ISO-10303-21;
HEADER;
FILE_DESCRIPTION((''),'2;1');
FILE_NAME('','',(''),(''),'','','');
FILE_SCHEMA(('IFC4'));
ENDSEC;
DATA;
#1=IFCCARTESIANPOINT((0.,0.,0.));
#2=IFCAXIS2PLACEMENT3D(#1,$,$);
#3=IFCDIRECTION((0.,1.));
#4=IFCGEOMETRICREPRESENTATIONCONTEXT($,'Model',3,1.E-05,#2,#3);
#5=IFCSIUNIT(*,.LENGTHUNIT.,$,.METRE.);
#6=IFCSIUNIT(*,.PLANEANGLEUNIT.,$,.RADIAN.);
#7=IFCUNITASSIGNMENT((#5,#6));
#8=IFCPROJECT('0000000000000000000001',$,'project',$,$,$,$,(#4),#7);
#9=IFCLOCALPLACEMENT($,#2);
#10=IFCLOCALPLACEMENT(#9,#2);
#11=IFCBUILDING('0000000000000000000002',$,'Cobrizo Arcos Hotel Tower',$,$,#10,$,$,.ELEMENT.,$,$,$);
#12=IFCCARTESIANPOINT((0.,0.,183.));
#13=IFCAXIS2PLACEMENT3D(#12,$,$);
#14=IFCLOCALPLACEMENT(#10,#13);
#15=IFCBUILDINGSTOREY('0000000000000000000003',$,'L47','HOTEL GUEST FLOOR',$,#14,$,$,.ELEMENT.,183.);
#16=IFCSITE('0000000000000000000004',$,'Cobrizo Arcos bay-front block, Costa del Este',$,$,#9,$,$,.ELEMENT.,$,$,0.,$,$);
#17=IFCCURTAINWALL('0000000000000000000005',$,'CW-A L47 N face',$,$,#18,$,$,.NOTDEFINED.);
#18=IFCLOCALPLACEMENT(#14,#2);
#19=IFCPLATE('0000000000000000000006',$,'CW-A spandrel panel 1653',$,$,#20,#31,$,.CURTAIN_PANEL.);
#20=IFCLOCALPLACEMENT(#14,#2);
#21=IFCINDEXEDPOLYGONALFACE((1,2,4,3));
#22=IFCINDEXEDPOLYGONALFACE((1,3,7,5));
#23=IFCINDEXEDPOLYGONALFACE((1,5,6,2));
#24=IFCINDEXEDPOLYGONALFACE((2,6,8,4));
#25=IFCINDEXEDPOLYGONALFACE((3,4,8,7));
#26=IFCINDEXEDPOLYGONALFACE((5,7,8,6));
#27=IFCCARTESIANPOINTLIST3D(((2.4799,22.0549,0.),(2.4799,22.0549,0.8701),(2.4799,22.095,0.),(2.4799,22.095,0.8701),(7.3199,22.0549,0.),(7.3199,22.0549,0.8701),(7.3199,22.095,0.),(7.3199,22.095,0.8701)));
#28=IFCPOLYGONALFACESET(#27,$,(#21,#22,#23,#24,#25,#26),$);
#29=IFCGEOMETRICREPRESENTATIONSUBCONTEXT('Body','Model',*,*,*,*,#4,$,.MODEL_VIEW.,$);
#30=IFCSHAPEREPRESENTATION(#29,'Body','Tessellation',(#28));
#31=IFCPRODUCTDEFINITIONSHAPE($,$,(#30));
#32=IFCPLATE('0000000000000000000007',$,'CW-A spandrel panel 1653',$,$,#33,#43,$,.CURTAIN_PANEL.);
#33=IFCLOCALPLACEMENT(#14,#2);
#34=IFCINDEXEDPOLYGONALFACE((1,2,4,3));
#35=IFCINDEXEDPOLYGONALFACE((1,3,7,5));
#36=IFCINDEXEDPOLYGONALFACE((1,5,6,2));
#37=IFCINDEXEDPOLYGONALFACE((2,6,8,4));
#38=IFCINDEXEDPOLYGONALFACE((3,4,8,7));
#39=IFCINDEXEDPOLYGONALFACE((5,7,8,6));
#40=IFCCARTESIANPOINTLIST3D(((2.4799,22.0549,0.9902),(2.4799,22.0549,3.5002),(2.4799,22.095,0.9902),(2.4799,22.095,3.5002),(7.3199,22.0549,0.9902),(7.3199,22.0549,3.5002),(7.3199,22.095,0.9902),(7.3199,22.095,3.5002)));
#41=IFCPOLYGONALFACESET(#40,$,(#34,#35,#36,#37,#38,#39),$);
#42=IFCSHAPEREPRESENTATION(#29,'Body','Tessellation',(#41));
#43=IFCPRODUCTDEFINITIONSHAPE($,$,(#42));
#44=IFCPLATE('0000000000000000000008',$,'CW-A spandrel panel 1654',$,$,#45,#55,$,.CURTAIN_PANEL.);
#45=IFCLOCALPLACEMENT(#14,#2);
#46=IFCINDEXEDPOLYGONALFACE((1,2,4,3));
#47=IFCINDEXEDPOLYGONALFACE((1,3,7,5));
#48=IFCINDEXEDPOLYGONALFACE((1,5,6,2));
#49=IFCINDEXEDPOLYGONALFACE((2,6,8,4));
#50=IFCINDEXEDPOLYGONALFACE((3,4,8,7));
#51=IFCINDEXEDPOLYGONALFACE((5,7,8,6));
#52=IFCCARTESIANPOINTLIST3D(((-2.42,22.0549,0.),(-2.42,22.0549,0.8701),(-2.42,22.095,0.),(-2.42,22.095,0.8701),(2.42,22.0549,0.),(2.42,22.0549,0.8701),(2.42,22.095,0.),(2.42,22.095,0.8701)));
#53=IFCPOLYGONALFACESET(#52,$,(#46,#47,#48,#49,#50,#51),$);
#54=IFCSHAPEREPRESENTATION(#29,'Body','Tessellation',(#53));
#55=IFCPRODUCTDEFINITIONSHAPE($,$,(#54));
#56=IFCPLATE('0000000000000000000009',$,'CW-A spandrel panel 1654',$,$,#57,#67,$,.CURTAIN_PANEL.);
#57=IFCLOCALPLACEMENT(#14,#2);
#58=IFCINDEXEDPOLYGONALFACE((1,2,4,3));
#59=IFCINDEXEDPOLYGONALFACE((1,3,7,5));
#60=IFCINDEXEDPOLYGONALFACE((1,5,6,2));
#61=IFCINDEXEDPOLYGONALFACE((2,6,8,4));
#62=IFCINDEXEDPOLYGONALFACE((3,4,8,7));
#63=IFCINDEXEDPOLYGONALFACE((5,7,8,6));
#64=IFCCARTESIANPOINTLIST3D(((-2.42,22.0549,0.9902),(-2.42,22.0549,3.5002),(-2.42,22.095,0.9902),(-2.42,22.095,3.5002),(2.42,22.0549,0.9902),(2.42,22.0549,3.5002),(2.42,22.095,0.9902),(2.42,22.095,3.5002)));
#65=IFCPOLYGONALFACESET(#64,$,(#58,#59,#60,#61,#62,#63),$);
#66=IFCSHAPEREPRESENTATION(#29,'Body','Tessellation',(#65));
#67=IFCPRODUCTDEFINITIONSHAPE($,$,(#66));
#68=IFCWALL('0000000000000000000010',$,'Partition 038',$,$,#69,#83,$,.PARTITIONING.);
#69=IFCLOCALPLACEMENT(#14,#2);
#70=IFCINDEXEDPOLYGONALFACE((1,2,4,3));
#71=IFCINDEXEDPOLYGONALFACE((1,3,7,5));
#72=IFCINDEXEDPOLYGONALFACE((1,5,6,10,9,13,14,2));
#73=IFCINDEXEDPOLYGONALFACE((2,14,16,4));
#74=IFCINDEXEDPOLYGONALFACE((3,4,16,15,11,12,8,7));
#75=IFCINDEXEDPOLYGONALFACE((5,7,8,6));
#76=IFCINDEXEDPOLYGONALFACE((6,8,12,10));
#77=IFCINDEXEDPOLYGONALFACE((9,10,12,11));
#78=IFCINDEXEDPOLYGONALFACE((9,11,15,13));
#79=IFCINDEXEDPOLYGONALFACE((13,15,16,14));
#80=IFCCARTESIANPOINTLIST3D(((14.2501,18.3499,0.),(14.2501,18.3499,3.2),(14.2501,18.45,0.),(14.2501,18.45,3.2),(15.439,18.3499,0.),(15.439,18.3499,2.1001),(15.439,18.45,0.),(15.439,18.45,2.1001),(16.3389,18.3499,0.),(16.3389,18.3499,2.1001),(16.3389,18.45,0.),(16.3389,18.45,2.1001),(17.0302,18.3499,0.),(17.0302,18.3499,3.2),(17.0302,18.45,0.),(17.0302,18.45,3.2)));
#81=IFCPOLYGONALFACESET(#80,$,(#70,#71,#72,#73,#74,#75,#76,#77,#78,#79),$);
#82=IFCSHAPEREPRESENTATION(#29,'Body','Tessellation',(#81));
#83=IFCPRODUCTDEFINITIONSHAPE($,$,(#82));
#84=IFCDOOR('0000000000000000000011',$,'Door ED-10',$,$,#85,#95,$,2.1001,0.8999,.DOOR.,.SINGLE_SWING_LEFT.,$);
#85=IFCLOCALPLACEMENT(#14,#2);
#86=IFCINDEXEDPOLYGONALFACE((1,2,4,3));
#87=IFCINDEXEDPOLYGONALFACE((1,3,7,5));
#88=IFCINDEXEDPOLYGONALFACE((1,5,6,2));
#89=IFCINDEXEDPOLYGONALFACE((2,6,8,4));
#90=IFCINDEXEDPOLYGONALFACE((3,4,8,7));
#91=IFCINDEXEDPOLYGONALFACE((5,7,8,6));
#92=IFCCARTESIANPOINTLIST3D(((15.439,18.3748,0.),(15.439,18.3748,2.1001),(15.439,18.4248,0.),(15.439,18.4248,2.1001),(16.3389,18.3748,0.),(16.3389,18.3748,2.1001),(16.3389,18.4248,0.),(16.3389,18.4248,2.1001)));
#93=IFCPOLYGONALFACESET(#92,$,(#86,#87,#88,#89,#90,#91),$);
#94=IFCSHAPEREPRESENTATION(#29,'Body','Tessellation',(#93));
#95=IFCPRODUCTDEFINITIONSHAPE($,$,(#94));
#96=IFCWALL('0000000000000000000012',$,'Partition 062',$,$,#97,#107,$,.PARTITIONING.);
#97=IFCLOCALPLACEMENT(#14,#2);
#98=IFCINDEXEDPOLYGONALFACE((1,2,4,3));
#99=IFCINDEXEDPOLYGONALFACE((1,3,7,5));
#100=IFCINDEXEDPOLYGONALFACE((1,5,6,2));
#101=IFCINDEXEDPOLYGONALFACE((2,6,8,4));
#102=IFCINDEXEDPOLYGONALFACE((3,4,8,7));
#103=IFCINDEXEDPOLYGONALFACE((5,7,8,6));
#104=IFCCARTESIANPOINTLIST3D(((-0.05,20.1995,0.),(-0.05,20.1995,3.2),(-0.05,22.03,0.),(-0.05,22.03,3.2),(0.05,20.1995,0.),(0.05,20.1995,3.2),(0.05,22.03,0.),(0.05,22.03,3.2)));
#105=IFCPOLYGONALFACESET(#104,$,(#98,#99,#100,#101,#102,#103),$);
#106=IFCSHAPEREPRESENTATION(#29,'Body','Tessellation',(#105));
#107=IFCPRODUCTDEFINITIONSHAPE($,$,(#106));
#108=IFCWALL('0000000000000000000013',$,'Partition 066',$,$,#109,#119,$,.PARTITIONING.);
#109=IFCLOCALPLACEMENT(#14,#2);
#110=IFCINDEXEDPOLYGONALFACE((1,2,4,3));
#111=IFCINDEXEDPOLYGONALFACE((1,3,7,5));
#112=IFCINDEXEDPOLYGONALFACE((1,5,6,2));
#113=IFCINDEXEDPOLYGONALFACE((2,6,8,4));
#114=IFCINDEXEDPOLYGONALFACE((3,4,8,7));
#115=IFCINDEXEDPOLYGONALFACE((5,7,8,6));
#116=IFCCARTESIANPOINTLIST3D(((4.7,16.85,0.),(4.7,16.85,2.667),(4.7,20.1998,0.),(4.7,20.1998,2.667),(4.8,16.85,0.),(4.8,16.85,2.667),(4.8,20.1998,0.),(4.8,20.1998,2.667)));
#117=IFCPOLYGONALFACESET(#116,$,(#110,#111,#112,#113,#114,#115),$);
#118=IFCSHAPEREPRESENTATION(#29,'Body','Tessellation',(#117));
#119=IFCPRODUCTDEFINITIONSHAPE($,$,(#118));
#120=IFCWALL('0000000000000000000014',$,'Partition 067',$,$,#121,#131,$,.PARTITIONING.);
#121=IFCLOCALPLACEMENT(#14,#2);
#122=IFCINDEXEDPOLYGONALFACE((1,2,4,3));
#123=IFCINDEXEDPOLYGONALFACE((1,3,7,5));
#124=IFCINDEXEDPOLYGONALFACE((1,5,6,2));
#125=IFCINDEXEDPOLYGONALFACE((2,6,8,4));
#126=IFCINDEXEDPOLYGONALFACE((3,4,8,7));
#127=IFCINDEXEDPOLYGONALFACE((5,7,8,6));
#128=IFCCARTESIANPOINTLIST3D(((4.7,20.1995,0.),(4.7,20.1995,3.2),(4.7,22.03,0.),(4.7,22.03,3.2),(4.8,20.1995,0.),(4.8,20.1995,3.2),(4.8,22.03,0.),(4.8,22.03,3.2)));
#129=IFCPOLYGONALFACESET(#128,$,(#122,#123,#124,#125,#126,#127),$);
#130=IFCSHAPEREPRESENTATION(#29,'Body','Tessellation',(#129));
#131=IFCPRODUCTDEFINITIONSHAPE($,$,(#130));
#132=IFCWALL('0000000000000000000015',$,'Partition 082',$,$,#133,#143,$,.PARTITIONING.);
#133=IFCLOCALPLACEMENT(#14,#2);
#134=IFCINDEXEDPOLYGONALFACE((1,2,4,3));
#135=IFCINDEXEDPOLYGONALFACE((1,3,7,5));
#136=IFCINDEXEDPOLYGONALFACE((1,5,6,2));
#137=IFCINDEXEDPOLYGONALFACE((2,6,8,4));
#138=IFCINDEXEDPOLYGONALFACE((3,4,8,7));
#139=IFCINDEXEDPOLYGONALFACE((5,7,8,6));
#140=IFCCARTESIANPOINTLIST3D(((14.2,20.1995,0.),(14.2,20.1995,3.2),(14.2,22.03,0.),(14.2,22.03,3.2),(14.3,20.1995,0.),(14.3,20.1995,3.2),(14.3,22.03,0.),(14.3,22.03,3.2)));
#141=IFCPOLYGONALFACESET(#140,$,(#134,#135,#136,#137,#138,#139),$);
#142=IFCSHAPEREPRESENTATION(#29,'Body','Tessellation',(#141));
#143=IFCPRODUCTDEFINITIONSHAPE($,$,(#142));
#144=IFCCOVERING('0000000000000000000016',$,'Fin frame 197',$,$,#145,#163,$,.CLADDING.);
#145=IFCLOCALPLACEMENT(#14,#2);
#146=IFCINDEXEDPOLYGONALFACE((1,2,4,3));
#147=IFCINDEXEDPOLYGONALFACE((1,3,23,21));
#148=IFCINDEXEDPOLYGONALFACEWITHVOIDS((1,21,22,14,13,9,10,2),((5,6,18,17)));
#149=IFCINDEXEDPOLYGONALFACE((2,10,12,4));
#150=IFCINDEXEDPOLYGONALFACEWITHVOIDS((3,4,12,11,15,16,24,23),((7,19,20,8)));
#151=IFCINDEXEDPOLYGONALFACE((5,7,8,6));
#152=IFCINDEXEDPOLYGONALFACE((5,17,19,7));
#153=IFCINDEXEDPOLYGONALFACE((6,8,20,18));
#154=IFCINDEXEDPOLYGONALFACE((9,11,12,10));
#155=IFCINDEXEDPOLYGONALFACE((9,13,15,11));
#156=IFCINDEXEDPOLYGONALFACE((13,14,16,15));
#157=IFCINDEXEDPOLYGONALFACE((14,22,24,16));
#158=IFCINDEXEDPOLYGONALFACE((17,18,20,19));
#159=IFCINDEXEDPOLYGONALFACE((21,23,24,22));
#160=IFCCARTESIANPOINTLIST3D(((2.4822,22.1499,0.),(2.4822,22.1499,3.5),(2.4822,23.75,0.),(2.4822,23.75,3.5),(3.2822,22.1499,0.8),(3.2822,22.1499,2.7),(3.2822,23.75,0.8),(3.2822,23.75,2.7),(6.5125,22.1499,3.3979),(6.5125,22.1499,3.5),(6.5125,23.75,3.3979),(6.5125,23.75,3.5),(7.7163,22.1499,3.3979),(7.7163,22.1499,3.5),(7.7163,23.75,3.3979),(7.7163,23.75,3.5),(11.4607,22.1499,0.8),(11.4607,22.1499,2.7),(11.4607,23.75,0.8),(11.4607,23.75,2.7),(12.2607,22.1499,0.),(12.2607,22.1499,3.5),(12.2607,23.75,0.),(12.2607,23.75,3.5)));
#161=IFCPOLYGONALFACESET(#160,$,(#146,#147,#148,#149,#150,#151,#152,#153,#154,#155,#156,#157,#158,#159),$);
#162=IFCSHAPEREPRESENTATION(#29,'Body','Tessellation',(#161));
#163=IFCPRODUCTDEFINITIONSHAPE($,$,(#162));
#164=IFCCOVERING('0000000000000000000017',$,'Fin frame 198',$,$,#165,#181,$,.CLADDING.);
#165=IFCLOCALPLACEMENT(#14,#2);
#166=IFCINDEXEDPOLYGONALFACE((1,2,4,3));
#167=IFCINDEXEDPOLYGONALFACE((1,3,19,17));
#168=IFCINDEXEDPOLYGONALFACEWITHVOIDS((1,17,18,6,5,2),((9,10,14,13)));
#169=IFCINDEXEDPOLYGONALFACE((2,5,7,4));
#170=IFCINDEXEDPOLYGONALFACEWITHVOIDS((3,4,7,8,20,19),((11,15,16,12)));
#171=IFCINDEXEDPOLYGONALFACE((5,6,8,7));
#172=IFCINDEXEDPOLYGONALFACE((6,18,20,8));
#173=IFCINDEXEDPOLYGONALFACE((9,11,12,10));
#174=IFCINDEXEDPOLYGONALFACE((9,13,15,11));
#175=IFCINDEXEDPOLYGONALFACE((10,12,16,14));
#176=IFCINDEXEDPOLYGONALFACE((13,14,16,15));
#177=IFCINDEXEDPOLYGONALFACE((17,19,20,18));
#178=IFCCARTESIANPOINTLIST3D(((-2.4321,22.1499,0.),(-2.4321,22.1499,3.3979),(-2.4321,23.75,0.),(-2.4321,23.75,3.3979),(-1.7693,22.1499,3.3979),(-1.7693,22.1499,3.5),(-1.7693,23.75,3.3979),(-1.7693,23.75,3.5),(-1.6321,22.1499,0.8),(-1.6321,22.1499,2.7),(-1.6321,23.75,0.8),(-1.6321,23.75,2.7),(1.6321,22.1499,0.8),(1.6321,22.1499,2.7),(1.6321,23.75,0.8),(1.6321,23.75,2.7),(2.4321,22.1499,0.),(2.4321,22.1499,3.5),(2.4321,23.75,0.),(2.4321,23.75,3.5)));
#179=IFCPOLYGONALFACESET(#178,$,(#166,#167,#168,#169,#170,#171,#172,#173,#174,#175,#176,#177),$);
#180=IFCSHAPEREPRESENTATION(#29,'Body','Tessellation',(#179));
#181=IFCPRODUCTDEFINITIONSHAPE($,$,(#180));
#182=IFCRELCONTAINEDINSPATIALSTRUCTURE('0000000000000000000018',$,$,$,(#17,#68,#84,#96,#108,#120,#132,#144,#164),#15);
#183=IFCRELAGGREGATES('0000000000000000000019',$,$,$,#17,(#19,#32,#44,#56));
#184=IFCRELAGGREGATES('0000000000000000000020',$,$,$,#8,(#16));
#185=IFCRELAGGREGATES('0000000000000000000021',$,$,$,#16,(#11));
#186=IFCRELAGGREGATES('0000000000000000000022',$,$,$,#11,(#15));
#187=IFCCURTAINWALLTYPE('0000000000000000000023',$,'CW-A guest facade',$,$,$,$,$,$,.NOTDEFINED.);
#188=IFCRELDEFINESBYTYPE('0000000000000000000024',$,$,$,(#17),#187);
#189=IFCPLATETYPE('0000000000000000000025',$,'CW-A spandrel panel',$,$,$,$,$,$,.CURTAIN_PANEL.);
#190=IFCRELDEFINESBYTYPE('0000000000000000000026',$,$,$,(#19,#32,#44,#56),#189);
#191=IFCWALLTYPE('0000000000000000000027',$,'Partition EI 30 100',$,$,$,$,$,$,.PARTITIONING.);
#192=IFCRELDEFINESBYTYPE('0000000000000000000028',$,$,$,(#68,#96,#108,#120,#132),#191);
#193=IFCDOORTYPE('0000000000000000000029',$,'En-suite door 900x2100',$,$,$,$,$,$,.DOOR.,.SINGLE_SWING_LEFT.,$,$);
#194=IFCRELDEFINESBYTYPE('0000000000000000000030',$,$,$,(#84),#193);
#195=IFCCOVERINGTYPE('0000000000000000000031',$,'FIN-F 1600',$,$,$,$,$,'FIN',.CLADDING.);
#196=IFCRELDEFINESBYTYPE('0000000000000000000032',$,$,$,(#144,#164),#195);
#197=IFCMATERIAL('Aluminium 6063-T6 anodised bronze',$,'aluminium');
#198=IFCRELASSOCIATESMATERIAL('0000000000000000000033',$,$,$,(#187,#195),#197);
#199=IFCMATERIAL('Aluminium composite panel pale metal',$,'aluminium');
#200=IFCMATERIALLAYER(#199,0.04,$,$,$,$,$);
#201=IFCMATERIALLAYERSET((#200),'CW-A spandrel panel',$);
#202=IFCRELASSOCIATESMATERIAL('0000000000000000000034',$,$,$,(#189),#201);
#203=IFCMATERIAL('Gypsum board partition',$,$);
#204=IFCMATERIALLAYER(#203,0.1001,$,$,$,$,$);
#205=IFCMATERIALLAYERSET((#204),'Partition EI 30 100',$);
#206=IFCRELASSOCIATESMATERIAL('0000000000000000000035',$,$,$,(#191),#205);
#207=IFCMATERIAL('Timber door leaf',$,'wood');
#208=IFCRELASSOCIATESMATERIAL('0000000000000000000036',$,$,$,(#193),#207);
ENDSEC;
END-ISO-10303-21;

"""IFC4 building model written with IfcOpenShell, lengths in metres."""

from ifc_helpers import new_model, si_unit, direction, frame, frame_2d, origin, origin_2d, place, context, subcontext, project, spatial, polyline, rectangle, outline, extrude, material, layer, layer_set, type_object, element, fill, aggregate, save


model = new_model("IFC4")

# Units and contexts
model_context = context("Model", 3, precision=1e-05, world=origin(), true_north=direction((0.0, 1.0)))
body_context = subcontext(model_context, "Body", "Model", "MODEL_VIEW")
ifc_project = project(units=[si_unit("LENGTHUNIT", "METRE"), si_unit("PLANEANGLEUNIT", "RADIAN")], contexts=[model_context])

# Site, building, storey
site_placement = place(None, origin())
site = spatial("IfcSite", under=ifc_project, at=site_placement, Name="Cobrizo Arcos bay-front block, Costa del Este", CompositionType="ELEMENT", RefElevation=0.0)
building_placement = place(site_placement, origin())
building = spatial("IfcBuilding", under=site, at=building_placement, Name="Cobrizo Arcos Hotel Tower", CompositionType="ELEMENT")
storey_placement = place(building_placement, frame((0.0, 0.0, 183.0)))
storey = spatial("IfcBuildingStorey", under=building, at=storey_placement, Name="L47", Description="HOTEL GUEST FLOOR", CompositionType="ELEMENT", Elevation=183.0)

# Curtain wall
ifc_material_1 = material(Name="Aluminium 6063-T6 anodised bronze", Category="aluminium")
curtain_wall_type = type_object("IfcCurtainWallType", Name="CW-A guest facade", PredefinedType="NOTDEFINED", material=ifc_material_1)
curtain_wall_placement = place(storey_placement, origin())
curtain_wall = element("IfcCurtainWall", 1, at=curtain_wall_placement, inside=storey, type_object=curtain_wall_type, Name="CW-A L47 N face", PredefinedType="NOTDEFINED")

# Plates
ifc_material_2 = material(Name="Aluminium composite panel pale metal", Category="aluminium")
ifc_layer_1 = layer(ifc_material_2, 0.04)
ifc_layer_set_1 = layer_set([ifc_layer_1], Name="CW-A spandrel panel")
plate_type = type_object("IfcPlateType", Name="CW-A spandrel panel", PredefinedType="CURTAIN_PANEL", material=ifc_layer_set_1)
plate_1_placement = place(storey_placement, frame((4.8999, 22.075, 0.0), z_axis=(0.0, 0.0, 1.0), x_axis=(-1.0, 0.0, 0.0)))
plate_1 = element("IfcPlate", 2, at=plate_1_placement, type_object=plate_type, Name="CW-A spandrel panel 1653", PredefinedType="CURTAIN_PANEL", context=body_context, shape_type="SweptSolid", body=[
    extrude(rectangle(XDim=4.8401, YDim=0.04, at=origin_2d()), origin(), (0.0, 0.0, 1.0), 0.8701),
])
plate_2_placement = place(storey_placement, frame((4.8999, 22.075, 0.9902), z_axis=(0.0, 0.0, 1.0), x_axis=(-1.0, 0.0, 0.0)))
plate_2 = element("IfcPlate", 3, at=plate_2_placement, type_object=plate_type, Name="CW-A spandrel panel 1653", PredefinedType="CURTAIN_PANEL", context=body_context, shape_type="SweptSolid", body=[
    extrude(rectangle(XDim=4.8401, YDim=0.04, at=origin_2d()), origin(), (0.0, 0.0, 1.0), 2.51),
])
plate_3_placement = place(storey_placement, frame((0.0, 22.075, 0.0), z_axis=(0.0, 0.0, 1.0), x_axis=(-1.0, 0.0, 0.0)))
plate_3 = element("IfcPlate", 4, at=plate_3_placement, type_object=plate_type, Name="CW-A spandrel panel 1654", PredefinedType="CURTAIN_PANEL", context=body_context, shape_type="SweptSolid", body=[
    extrude(rectangle(XDim=4.8401, YDim=0.04, at=origin_2d()), origin(), (0.0, 0.0, 1.0), 0.8701),
])
plate_4_placement = place(storey_placement, frame((0.0, 22.075, 0.9902), z_axis=(0.0, 0.0, 1.0), x_axis=(-1.0, 0.0, 0.0)))
plate_4 = element("IfcPlate", 5, at=plate_4_placement, type_object=plate_type, Name="CW-A spandrel panel 1654", PredefinedType="CURTAIN_PANEL", context=body_context, shape_type="SweptSolid", body=[
    extrude(rectangle(XDim=4.8401, YDim=0.04, at=origin_2d()), origin(), (0.0, 0.0, 1.0), 2.51),
])
aggregate(curtain_wall, [plate_1, plate_2, plate_3, plate_4])

# Wall, opening, door
ifc_material_3 = material(Name="Gypsum board partition")
ifc_layer_2 = layer(ifc_material_3, 0.1001)
ifc_layer_set_2 = layer_set([ifc_layer_2], Name="Partition EI 30 100")
wall_type = type_object("IfcWallType", Name="Partition EI 30 100", PredefinedType="PARTITIONING", material=ifc_layer_set_2)
wall_1_placement = place(storey_placement, frame((14.25, 18.3999, 0.0), z_axis=(0.0, 0.0, 1.0), x_axis=(1.0, 0.0, 0.0)))
wall_1 = element("IfcWall", 6, at=wall_1_placement, inside=storey, type_object=wall_type, Name="Partition 038", PredefinedType="PARTITIONING", context=body_context, shape_type="SweptSolid", body=[
    extrude(rectangle(XDim=2.78, YDim=0.1001, at=frame_2d((1.3901, 0.0))), origin(), (0.0, 0.0, 1.0), 3.2),
])
opening_placement = place(wall_1_placement, frame((1.189, 0.0, 0.0)))
opening = element("IfcOpeningElement", 7, at=opening_placement, cuts=wall_1, PredefinedType="OPENING", context=body_context, shape_type="SweptSolid", body=[
    extrude(rectangle(XDim=0.8999, YDim=2.1001, at=frame_2d((0.45, 1.05))), frame((0.0, 0.062, 0.0), z_axis=(0.0, -1.0, 0.0), x_axis=(1.0, 0.0, 0.0)), (0.0, 0.0, 1.0), 0.124),
])
ifc_material_4 = material(Name="Timber door leaf", Category="wood")
door_type = type_object("IfcDoorType", Name="En-suite door 900x2100", OperationType="SINGLE_SWING_LEFT", PredefinedType="DOOR", material=ifc_material_4)
door_placement = place(opening_placement, origin())
door = element("IfcDoor", 8, at=door_placement, inside=storey, type_object=door_type, Name="Door ED-10", OperationType="SINGLE_SWING_LEFT", OverallHeight=2.1001, OverallWidth=0.8999, PredefinedType="DOOR", context=body_context, shape_type="SweptSolid", body=[
    extrude(rectangle(XDim=0.8999, YDim=2.1001, at=frame_2d((0.45, 1.05))), frame((0.0, 0.0249, 0.0), z_axis=(0.0, -1.0, 0.0), x_axis=(1.0, 0.0, 0.0)), (0.0, 0.0, 1.0), 0.05),
])
fill(opening, door)

# Walls
wall_2_placement = place(storey_placement, frame((0.0, 20.1995, 0.0), z_axis=(0.0, 0.0, 1.0), x_axis=(0.0, 1.0, 0.0)))
element("IfcWall", 9, at=wall_2_placement, inside=storey, type_object=wall_type, Name="Partition 062", PredefinedType="PARTITIONING", context=body_context, shape_type="SweptSolid", body=[
    extrude(rectangle(XDim=1.8306, YDim=0.1001, at=frame_2d((0.9153, 0.0))), origin(), (0.0, 0.0, 1.0), 3.2),
])
wall_3_placement = place(storey_placement, frame((4.75, 16.8501, 0.0), z_axis=(0.0, 0.0, 1.0), x_axis=(0.0, 1.0, 0.0)))
element("IfcWall", 10, at=wall_3_placement, inside=storey, type_object=wall_type, Name="Partition 066", PredefinedType="PARTITIONING", context=body_context, shape_type="SweptSolid", body=[
    extrude(rectangle(XDim=3.3499, YDim=0.1001, at=frame_2d((1.6748, 0.0))), origin(), (0.0, 0.0, 1.0), 2.667),
])
for number, where, z_axis, x_axis, name in (
    (11, (4.75, 20.1995, 0.0), (0.0, 0.0, 1.0), (0.0, 1.0, 0.0), "Partition 067"),
    (12, (14.25, 20.1995, 0.0), (0.0, 0.0, 1.0), (0.0, 1.0, 0.0), "Partition 082"),
):
    element("IfcWall", number, at=place(storey_placement, frame(where, z_axis=z_axis, x_axis=x_axis)), inside=storey, type_object=wall_type, Name=name, PredefinedType="PARTITIONING", context=body_context, shape_type="SweptSolid", body=[
        extrude(rectangle(XDim=1.8306, YDim=0.1001, at=frame_2d((0.9153, 0.0))), origin(), (0.0, 0.0, 1.0), 3.2),
    ])

# Coverings
covering_type = type_object("IfcCoveringType", Name="FIN-F 1600", ElementType="FIN", PredefinedType="CLADDING", material=ifc_material_1)
covering_1_placement = place(storey_placement, frame((12.2607, 22.1499, 0.0), z_axis=(0.0, 1.0, 0.0), x_axis=(-1.0, 0.0, 0.0)))
element("IfcCovering", 13, at=covering_1_placement, inside=storey, type_object=covering_type, Name="Fin frame 197", PredefinedType="CLADDING", context=body_context, shape_type="SweptSolid", body=[
    extrude(outline(polyline([(9.7786, 3.5), (5.7483, 3.5), (5.7483, 3.3979), (4.5444, 3.3979), (4.5444, 3.5), (0.0, 3.5), (0.0, 0.0), (9.7786, 0.0), (9.7786, 3.5)]), holes=[polyline([(8.9785, 0.8), (0.8, 0.8), (0.8, 2.7), (8.9785, 2.7), (8.9785, 0.8)])]), origin(), (0.0, 0.0, 1.0), 1.6001),
])
covering_2_placement = place(storey_placement, frame((2.4321, 22.1499, 0.0), z_axis=(0.0, 1.0, 0.0), x_axis=(-1.0, 0.0, 0.0)))
element("IfcCovering", 14, at=covering_2_placement, inside=storey, type_object=covering_type, Name="Fin frame 198", PredefinedType="CLADDING", context=body_context, shape_type="SweptSolid", body=[
    extrude(outline(polyline([(4.8643, 0.0), (4.8643, 3.3979), (4.2014, 3.3979), (4.2014, 3.5), (0.0, 3.5), (0.0, 0.0), (4.8643, 0.0)]), holes=[polyline([(4.0642, 0.8), (0.8, 0.8), (0.8, 2.7), (4.0642, 2.7), (4.0642, 0.8)])]), origin(), (0.0, 0.0, 1.0), 1.6001),
])

save(model, "model.ifc")
